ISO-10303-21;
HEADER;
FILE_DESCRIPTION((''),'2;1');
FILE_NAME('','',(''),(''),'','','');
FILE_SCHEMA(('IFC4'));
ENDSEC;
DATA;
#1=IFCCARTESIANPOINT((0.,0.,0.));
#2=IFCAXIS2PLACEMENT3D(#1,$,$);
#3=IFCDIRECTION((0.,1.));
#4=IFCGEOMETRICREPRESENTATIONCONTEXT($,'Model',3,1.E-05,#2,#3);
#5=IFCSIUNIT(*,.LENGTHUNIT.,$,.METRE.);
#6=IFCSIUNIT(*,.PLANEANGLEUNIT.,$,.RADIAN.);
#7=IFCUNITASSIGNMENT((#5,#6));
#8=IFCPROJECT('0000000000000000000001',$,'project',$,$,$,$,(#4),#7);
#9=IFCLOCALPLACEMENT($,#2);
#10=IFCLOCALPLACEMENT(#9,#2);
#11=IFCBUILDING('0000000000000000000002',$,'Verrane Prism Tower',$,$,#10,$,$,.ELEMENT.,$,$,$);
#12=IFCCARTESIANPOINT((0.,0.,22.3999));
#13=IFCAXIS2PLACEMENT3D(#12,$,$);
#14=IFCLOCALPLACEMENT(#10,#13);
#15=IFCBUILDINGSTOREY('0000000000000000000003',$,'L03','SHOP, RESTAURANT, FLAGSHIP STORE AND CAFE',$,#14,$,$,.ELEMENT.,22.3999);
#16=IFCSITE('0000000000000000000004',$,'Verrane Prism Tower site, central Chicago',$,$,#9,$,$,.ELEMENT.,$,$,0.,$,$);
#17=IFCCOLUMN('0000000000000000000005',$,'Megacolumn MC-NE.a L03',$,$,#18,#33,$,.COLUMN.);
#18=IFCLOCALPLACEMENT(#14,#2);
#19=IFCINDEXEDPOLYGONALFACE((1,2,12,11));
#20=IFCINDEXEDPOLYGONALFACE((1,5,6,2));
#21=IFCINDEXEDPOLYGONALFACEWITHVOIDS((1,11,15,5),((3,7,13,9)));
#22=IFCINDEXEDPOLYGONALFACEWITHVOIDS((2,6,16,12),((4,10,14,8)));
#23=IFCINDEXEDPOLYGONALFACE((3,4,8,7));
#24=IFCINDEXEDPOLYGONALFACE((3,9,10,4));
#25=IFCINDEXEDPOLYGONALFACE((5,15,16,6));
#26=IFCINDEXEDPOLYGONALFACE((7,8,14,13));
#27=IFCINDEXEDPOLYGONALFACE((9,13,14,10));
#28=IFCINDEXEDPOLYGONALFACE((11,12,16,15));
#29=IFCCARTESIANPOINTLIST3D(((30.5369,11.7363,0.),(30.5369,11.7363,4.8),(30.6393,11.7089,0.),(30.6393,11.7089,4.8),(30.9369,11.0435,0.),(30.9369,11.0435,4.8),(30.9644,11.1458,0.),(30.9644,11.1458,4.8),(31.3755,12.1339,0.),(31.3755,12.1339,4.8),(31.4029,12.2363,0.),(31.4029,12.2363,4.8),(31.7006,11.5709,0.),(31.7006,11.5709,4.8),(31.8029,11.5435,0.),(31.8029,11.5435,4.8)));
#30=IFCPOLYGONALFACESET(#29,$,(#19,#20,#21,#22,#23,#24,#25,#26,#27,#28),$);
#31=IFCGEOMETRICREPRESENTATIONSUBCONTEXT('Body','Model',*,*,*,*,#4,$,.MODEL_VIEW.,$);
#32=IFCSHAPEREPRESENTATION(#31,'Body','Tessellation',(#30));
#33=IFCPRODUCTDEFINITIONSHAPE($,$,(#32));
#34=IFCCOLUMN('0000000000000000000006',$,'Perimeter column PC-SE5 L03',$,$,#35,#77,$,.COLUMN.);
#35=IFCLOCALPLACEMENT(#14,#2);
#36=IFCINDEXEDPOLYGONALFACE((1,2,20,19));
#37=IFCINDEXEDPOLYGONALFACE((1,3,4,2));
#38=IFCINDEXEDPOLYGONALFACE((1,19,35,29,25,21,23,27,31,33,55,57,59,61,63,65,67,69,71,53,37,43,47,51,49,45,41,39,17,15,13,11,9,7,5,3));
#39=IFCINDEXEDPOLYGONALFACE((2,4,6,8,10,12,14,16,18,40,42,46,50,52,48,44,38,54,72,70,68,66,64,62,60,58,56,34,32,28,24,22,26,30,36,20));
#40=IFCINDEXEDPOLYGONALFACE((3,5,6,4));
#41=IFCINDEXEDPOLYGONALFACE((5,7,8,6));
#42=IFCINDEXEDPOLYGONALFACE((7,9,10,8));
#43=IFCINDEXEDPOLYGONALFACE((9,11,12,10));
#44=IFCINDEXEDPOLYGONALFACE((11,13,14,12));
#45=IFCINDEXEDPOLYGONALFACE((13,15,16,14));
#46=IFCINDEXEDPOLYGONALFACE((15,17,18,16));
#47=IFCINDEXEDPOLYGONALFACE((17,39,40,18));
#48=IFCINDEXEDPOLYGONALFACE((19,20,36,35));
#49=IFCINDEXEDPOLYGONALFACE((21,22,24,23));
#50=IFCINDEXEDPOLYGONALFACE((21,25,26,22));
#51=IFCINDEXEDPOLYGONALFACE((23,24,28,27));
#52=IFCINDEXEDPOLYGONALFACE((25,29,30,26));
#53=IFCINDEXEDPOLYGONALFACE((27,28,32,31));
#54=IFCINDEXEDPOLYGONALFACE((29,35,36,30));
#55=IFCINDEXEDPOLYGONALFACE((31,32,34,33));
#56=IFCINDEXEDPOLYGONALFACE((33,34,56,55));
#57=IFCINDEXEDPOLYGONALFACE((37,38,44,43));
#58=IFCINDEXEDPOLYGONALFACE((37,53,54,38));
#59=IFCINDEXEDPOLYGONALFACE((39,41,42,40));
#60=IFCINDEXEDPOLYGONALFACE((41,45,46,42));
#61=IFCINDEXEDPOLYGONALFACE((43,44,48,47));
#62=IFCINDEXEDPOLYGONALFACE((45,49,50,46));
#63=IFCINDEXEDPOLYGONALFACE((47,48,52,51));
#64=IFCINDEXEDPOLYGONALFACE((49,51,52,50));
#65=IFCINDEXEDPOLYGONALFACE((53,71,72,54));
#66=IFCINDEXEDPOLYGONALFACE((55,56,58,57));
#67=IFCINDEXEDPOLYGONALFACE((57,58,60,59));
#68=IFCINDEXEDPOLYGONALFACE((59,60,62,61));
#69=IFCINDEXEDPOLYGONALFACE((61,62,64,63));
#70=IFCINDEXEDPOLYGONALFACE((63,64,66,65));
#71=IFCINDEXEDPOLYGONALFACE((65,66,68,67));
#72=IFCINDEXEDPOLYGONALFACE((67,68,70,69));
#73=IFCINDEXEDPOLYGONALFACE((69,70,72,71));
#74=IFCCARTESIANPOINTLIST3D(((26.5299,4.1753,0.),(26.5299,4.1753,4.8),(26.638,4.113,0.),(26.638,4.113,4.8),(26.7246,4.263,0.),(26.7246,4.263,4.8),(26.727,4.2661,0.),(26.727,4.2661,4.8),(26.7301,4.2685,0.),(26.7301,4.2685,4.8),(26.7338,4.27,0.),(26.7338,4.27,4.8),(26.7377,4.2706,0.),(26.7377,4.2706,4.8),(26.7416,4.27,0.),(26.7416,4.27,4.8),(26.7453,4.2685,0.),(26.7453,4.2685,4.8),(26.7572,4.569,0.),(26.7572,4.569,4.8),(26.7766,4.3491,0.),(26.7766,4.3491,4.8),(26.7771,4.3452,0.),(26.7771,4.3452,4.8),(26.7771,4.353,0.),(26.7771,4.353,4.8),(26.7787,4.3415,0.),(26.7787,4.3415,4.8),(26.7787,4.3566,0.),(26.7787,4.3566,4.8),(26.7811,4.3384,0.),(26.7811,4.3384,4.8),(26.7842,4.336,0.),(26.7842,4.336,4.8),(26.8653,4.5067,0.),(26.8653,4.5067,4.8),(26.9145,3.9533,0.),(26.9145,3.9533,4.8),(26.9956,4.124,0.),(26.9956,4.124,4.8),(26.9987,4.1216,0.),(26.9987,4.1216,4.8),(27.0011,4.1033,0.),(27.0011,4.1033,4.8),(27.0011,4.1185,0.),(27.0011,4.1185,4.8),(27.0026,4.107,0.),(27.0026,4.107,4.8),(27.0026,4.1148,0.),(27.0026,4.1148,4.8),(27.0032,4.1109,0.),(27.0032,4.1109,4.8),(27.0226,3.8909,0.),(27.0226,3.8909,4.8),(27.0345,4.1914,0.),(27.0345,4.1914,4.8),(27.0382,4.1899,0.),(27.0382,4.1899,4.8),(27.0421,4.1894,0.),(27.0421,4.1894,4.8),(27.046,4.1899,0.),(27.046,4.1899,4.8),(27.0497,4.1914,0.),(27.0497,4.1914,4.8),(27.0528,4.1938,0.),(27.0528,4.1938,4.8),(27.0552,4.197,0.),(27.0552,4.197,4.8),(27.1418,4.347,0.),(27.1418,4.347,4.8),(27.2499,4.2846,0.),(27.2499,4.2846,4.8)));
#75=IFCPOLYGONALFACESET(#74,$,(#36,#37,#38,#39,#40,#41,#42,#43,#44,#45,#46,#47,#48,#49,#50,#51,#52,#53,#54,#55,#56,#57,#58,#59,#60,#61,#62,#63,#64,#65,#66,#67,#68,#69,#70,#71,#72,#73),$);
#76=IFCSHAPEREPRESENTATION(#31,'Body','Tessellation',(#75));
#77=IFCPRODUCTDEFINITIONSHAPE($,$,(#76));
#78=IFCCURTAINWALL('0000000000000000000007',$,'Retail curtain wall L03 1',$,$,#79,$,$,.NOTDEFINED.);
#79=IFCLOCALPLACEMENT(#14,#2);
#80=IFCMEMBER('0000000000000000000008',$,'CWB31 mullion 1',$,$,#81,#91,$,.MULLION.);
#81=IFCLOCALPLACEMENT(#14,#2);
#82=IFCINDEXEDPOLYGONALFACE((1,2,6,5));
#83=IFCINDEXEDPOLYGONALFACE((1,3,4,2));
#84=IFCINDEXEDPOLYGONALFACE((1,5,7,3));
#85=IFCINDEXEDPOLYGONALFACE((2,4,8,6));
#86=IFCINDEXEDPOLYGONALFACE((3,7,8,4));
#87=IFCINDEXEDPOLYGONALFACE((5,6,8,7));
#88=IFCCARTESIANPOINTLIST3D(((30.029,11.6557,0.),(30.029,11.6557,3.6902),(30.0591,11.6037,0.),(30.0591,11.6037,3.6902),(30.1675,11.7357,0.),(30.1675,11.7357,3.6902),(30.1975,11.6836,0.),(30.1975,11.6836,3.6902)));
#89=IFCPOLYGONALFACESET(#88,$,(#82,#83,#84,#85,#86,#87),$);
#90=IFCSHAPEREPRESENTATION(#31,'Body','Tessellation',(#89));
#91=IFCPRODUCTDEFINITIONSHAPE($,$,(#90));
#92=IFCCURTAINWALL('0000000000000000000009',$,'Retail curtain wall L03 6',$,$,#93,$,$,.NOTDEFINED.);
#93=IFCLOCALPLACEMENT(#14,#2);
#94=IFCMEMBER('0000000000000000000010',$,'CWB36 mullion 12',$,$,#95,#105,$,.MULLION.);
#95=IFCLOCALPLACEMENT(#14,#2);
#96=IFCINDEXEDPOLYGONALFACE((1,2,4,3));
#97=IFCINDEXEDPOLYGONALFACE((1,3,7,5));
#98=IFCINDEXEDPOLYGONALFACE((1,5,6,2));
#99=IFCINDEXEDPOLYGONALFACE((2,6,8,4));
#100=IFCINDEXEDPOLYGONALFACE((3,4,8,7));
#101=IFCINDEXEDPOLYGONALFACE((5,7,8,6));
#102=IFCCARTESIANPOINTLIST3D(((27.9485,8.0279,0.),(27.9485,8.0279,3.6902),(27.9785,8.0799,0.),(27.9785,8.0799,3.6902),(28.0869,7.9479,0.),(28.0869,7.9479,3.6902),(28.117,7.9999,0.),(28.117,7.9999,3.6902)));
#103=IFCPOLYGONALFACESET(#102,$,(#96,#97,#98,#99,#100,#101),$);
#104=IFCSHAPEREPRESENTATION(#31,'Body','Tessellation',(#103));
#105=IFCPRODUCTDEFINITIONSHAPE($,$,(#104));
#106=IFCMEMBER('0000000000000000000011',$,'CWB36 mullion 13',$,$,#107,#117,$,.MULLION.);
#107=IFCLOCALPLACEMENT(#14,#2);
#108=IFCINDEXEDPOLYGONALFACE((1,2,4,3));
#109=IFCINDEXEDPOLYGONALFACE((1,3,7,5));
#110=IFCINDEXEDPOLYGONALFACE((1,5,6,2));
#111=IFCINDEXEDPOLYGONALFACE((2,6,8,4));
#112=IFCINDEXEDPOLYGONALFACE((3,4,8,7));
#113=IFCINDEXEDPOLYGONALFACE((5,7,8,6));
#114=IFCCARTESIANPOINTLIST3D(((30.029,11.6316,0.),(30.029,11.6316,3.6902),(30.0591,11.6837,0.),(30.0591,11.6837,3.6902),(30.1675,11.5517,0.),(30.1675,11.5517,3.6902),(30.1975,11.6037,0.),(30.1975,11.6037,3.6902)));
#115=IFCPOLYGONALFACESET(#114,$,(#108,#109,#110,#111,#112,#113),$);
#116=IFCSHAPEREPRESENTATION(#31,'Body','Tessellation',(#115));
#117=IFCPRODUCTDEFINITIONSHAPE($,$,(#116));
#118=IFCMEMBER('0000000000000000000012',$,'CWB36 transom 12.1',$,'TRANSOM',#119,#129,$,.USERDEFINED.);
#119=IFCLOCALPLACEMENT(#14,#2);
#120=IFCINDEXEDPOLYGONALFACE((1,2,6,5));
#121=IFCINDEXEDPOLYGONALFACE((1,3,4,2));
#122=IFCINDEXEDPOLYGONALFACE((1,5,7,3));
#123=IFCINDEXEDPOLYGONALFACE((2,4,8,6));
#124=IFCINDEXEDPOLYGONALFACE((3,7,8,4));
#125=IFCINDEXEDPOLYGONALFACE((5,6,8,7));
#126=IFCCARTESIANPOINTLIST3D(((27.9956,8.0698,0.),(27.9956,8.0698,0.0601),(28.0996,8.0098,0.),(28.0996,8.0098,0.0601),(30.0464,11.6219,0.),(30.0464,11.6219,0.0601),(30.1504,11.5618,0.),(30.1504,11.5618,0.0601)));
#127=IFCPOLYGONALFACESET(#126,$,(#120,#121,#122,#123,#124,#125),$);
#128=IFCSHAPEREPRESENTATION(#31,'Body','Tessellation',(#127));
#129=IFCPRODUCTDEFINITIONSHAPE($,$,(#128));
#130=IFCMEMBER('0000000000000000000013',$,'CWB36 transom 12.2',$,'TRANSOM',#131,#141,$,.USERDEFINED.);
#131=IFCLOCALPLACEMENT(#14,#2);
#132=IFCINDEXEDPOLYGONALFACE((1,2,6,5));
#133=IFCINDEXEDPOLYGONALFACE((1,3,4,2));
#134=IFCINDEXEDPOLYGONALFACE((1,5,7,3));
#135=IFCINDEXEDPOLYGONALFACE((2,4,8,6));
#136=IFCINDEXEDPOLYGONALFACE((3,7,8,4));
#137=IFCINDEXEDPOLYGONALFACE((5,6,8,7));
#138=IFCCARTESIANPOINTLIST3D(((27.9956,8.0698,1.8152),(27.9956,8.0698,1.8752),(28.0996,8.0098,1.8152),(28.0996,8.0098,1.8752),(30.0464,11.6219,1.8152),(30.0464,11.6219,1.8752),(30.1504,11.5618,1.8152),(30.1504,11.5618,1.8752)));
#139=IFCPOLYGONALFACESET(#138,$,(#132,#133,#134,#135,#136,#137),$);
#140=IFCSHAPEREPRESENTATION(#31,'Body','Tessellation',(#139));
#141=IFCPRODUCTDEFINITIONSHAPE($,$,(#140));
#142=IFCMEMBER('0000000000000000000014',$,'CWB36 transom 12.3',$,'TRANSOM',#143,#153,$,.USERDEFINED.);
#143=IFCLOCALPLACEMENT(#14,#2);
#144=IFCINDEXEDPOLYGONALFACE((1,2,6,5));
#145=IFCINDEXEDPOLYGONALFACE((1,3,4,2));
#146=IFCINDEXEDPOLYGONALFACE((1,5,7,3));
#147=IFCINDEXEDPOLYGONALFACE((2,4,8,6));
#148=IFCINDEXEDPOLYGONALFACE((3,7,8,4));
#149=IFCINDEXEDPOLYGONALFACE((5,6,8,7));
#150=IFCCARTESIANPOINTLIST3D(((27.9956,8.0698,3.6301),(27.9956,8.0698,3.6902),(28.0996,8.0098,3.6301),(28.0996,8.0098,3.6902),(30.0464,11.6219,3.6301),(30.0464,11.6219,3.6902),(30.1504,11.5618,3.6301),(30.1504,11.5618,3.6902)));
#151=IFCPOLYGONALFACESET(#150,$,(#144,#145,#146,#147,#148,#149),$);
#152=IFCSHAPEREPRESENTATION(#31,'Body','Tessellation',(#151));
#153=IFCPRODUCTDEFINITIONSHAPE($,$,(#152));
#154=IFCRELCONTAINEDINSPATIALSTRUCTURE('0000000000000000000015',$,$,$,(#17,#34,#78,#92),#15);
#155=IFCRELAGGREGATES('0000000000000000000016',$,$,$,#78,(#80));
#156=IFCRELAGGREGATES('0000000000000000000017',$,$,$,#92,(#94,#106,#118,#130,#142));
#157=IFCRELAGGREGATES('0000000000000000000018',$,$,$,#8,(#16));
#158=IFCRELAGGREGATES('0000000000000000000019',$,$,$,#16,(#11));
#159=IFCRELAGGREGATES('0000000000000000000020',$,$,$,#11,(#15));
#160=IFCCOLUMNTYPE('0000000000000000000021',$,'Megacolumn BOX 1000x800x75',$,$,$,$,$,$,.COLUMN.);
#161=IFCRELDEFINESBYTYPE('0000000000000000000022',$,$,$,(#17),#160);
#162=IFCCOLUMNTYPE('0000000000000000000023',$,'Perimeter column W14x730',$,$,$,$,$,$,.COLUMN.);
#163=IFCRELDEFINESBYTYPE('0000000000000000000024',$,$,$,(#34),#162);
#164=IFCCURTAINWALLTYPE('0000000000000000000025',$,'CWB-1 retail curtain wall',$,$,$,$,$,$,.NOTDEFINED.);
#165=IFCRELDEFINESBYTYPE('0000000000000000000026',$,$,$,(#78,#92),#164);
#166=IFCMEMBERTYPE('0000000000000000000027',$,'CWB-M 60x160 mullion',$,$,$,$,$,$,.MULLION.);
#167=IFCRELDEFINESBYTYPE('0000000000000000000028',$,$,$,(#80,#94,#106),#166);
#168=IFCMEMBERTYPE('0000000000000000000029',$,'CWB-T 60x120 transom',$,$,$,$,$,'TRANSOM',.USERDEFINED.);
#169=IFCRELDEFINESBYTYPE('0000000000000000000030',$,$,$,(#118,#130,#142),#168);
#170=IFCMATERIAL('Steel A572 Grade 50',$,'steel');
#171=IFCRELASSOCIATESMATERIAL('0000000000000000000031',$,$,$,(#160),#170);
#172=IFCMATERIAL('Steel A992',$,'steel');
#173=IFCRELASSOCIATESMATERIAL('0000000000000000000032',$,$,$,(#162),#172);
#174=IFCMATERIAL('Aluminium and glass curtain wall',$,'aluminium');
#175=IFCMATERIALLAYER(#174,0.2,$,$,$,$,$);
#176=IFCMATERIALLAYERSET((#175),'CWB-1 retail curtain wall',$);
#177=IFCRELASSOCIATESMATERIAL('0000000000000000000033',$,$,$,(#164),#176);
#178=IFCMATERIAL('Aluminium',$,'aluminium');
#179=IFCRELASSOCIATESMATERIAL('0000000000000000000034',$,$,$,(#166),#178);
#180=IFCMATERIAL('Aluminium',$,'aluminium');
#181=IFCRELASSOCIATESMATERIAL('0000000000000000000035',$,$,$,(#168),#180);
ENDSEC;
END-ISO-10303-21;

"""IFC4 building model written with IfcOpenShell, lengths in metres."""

from ifc_helpers import new_model, si_unit, direction, frame, origin, origin_2d, place, context, subcontext, project, spatial, rectangle, hollow_rectangle, i_section, extrude, material, layer, layer_set, material_profile, profile_set, type_object, element, aggregate, save


model = new_model("IFC4")

# Units and contexts
model_context = context("Model", 3, precision=1e-05, world=origin(), true_north=direction((0.0, 1.0)))
body_context = subcontext(model_context, "Body", "Model", "MODEL_VIEW")
ifc_project = project(units=[si_unit("LENGTHUNIT", "METRE"), si_unit("PLANEANGLEUNIT", "RADIAN")], contexts=[model_context])

# Site, building, storey
site_placement = place(None, origin())
site = spatial("IfcSite", under=ifc_project, at=site_placement, Name="Verrane Prism Tower site, central Chicago", CompositionType="ELEMENT", RefElevation=0.0)
building_placement = place(site_placement, origin())
building = spatial("IfcBuilding", under=site, at=building_placement, Name="Verrane Prism Tower", CompositionType="ELEMENT")
storey_placement = place(building_placement, frame((0.0, 0.0, 22.3999)))
storey = spatial("IfcBuildingStorey", under=building, at=storey_placement, Name="L03", Description="SHOP, RESTAURANT, FLAGSHIP STORE AND CAFE", CompositionType="ELEMENT", Elevation=22.3999)

# Columns
ifc_material_1 = material(Name="Steel A572 Grade 50", Category="steel")
ifc_material_profile_1 = material_profile(ifc_material_1, hollow_rectangle(XDim=0.8, YDim=1.0, WallThickness=0.075, at=origin_2d()), Name="BOX 1000x800x75")
ifc_profile_set_1 = profile_set([ifc_material_profile_1], Name="Steel A572 Grade 50")
column_type_1 = type_object("IfcColumnType", Name="Megacolumn BOX 1000x800x75", PredefinedType="COLUMN", material=ifc_profile_set_1)
column_1_placement = place(storey_placement, frame((31.1699, 11.6399, 0.0), z_axis=(0.0, 0.0, 1.0), x_axis=(0.5, -0.866025, 0.0)))
element("IfcColumn", 1, at=column_1_placement, inside=storey, type_object=column_type_1, Name="Megacolumn MC-NE.a L03", PredefinedType="COLUMN", context=body_context, shape_type="SweptSolid", body=[
    extrude(hollow_rectangle(XDim=0.8, YDim=1.0, WallThickness=0.075, at=origin_2d()), origin(), (0.0, 0.0, 1.0), 4.8),
])
ifc_material_2 = material(Name="Steel A992", Category="steel")
ifc_material_profile_2 = material_profile(ifc_material_2, i_section(OverallWidth=0.4546, OverallDepth=0.5688, WebThickness=0.0779, FlangeThickness=0.1248, FilletRadius=0.0151, at=origin_2d()), Name="W14x730")
ifc_profile_set_2 = profile_set([ifc_material_profile_2], Name="Steel A992")
column_type_2 = type_object("IfcColumnType", Name="Perimeter column W14x730", PredefinedType="COLUMN", material=ifc_profile_set_2)
column_2_placement = place(storey_placement, frame((26.8899, 4.23, 0.0), z_axis=(0.0, 0.0, 1.0), x_axis=(-0.5, -0.866025, 0.0)))
element("IfcColumn", 2, at=column_2_placement, inside=storey, type_object=column_type_2, Name="Perimeter column PC-SE5 L03", PredefinedType="COLUMN", context=body_context, shape_type="SweptSolid", body=[
    extrude(i_section(OverallWidth=0.4546, OverallDepth=0.5688, WebThickness=0.0779, FlangeThickness=0.1248, FilletRadius=0.0151, at=origin_2d()), origin(), (0.0, 0.0, 1.0), 4.8),
])

# Curtain wall, member
ifc_material_3 = material(Name="Aluminium and glass curtain wall", Category="aluminium")
ifc_layer_1 = layer(ifc_material_3, 0.2)
ifc_layer_set_1 = layer_set([ifc_layer_1], Name="CWB-1 retail curtain wall")
curtain_wall_type = type_object("IfcCurtainWallType", Name="CWB-1 retail curtain wall", PredefinedType="NOTDEFINED", material=ifc_layer_set_1)
curtain_wall_1_placement = place(storey_placement, origin())
curtain_wall_1 = element("IfcCurtainWall", 3, at=curtain_wall_1_placement, inside=storey, type_object=curtain_wall_type, Name="Retail curtain wall L03 1", PredefinedType="NOTDEFINED")
ifc_material_4 = material(Name="Aluminium", Category="aluminium")
ifc_material_profile_3 = material_profile(ifc_material_4, rectangle(XDim=0.1599, YDim=0.0601, at=origin_2d()), Name="CWB-M 60x160 mullion")
ifc_profile_set_3 = profile_set([ifc_material_profile_3], Name="Aluminium")
member_type_1 = type_object("IfcMemberType", Name="CWB-M 60x160 mullion", PredefinedType="MULLION", material=ifc_profile_set_3)
member_1_placement = place(storey_placement, frame((30.1133, 11.6697, 0.0), z_axis=(0.0, 0.0, 1.0), x_axis=(-0.866026, -0.499999, 0.0)))
member_1 = element("IfcMember", 4, at=member_1_placement, type_object=member_type_1, Name="CWB31 mullion 1", PredefinedType="MULLION", context=body_context, shape_type="SweptSolid", body=[
    extrude(rectangle(XDim=0.1599, YDim=0.0601, at=origin_2d()), origin(), (0.0, 0.0, 1.0), 3.6902),
])
aggregate(curtain_wall_1, [member_1])

# Curtain wall, members
curtain_wall_2_placement = place(storey_placement, origin())
curtain_wall_2 = element("IfcCurtainWall", 5, at=curtain_wall_2_placement, inside=storey, type_object=curtain_wall_type, Name="Retail curtain wall L03 6", PredefinedType="NOTDEFINED")
member_2_placement = place(storey_placement, frame((28.0327, 8.0139, 0.0), z_axis=(0.0, 0.0, 1.0), x_axis=(-0.866025, 0.5, 0.0)))
member_2 = element("IfcMember", 6, at=member_2_placement, type_object=member_type_1, Name="CWB36 mullion 12", PredefinedType="MULLION", context=body_context, shape_type="SweptSolid", body=[
    extrude(rectangle(XDim=0.1599, YDim=0.0601, at=origin_2d()), origin(), (0.0, 0.0, 1.0), 3.6902),
])
member_3_placement = place(storey_placement, frame((30.1133, 11.6177, 0.0), z_axis=(0.0, 0.0, 1.0), x_axis=(-0.866025, 0.5, 0.0)))
member_3 = element("IfcMember", 7, at=member_3_placement, type_object=member_type_1, Name="CWB36 mullion 13", PredefinedType="MULLION", context=body_context, shape_type="SweptSolid", body=[
    extrude(rectangle(XDim=0.1599, YDim=0.0601, at=origin_2d()), origin(), (0.0, 0.0, 1.0), 3.6902),
])
ifc_material_5 = material(Name="Aluminium", Category="aluminium")
ifc_material_profile_4 = material_profile(ifc_material_5, rectangle(XDim=0.1201, YDim=0.0601, at=origin_2d()), Name="CWB-T 60x120 transom")
ifc_profile_set_4 = profile_set([ifc_material_profile_4], Name="Aluminium")
member_type_2 = type_object("IfcMemberType", Name="CWB-T 60x120 transom", ElementType="TRANSOM", PredefinedType="USERDEFINED", material=ifc_profile_set_4)
member_4_placement = place(storey_placement, frame((28.0476, 8.0398, 0.03), z_axis=(0.500006, 0.866022, 0.0), x_axis=(-0.866022, 0.500006, 0.0)))
member_4 = element("IfcMember", 8, at=member_4_placement, type_object=member_type_2, Name="CWB36 transom 12.1", ObjectType="TRANSOM", PredefinedType="USERDEFINED", context=body_context, shape_type="SweptSolid", body=[
    extrude(rectangle(XDim=0.1201, YDim=0.0601, at=origin_2d()), origin(), (0.0, 0.0, 1.0), 4.1016),
])
member_5_placement = place(storey_placement, frame((28.0476, 8.0398, 1.8452), z_axis=(0.500006, 0.866022, 0.0), x_axis=(-0.866022, 0.500006, 0.0)))
member_5 = element("IfcMember", 9, at=member_5_placement, type_object=member_type_2, Name="CWB36 transom 12.2", ObjectType="TRANSOM", PredefinedType="USERDEFINED", context=body_context, shape_type="SweptSolid", body=[
    extrude(rectangle(XDim=0.1201, YDim=0.0601, at=origin_2d()), origin(), (0.0, 0.0, 1.0), 4.1016),
])
member_6_placement = place(storey_placement, frame((28.0476, 8.0398, 3.6602), z_axis=(0.500006, 0.866022, 0.0), x_axis=(-0.866022, 0.500006, 0.0)))
member_6 = element("IfcMember", 10, at=member_6_placement, type_object=member_type_2, Name="CWB36 transom 12.3", ObjectType="TRANSOM", PredefinedType="USERDEFINED", context=body_context, shape_type="SweptSolid", body=[
    extrude(rectangle(XDim=0.1201, YDim=0.0601, at=origin_2d()), origin(), (0.0, 0.0, 1.0), 4.1016),
])

aggregate(curtain_wall_2, [member_2, member_3, member_4, member_5, member_6])

save(model, "model.ifc")
